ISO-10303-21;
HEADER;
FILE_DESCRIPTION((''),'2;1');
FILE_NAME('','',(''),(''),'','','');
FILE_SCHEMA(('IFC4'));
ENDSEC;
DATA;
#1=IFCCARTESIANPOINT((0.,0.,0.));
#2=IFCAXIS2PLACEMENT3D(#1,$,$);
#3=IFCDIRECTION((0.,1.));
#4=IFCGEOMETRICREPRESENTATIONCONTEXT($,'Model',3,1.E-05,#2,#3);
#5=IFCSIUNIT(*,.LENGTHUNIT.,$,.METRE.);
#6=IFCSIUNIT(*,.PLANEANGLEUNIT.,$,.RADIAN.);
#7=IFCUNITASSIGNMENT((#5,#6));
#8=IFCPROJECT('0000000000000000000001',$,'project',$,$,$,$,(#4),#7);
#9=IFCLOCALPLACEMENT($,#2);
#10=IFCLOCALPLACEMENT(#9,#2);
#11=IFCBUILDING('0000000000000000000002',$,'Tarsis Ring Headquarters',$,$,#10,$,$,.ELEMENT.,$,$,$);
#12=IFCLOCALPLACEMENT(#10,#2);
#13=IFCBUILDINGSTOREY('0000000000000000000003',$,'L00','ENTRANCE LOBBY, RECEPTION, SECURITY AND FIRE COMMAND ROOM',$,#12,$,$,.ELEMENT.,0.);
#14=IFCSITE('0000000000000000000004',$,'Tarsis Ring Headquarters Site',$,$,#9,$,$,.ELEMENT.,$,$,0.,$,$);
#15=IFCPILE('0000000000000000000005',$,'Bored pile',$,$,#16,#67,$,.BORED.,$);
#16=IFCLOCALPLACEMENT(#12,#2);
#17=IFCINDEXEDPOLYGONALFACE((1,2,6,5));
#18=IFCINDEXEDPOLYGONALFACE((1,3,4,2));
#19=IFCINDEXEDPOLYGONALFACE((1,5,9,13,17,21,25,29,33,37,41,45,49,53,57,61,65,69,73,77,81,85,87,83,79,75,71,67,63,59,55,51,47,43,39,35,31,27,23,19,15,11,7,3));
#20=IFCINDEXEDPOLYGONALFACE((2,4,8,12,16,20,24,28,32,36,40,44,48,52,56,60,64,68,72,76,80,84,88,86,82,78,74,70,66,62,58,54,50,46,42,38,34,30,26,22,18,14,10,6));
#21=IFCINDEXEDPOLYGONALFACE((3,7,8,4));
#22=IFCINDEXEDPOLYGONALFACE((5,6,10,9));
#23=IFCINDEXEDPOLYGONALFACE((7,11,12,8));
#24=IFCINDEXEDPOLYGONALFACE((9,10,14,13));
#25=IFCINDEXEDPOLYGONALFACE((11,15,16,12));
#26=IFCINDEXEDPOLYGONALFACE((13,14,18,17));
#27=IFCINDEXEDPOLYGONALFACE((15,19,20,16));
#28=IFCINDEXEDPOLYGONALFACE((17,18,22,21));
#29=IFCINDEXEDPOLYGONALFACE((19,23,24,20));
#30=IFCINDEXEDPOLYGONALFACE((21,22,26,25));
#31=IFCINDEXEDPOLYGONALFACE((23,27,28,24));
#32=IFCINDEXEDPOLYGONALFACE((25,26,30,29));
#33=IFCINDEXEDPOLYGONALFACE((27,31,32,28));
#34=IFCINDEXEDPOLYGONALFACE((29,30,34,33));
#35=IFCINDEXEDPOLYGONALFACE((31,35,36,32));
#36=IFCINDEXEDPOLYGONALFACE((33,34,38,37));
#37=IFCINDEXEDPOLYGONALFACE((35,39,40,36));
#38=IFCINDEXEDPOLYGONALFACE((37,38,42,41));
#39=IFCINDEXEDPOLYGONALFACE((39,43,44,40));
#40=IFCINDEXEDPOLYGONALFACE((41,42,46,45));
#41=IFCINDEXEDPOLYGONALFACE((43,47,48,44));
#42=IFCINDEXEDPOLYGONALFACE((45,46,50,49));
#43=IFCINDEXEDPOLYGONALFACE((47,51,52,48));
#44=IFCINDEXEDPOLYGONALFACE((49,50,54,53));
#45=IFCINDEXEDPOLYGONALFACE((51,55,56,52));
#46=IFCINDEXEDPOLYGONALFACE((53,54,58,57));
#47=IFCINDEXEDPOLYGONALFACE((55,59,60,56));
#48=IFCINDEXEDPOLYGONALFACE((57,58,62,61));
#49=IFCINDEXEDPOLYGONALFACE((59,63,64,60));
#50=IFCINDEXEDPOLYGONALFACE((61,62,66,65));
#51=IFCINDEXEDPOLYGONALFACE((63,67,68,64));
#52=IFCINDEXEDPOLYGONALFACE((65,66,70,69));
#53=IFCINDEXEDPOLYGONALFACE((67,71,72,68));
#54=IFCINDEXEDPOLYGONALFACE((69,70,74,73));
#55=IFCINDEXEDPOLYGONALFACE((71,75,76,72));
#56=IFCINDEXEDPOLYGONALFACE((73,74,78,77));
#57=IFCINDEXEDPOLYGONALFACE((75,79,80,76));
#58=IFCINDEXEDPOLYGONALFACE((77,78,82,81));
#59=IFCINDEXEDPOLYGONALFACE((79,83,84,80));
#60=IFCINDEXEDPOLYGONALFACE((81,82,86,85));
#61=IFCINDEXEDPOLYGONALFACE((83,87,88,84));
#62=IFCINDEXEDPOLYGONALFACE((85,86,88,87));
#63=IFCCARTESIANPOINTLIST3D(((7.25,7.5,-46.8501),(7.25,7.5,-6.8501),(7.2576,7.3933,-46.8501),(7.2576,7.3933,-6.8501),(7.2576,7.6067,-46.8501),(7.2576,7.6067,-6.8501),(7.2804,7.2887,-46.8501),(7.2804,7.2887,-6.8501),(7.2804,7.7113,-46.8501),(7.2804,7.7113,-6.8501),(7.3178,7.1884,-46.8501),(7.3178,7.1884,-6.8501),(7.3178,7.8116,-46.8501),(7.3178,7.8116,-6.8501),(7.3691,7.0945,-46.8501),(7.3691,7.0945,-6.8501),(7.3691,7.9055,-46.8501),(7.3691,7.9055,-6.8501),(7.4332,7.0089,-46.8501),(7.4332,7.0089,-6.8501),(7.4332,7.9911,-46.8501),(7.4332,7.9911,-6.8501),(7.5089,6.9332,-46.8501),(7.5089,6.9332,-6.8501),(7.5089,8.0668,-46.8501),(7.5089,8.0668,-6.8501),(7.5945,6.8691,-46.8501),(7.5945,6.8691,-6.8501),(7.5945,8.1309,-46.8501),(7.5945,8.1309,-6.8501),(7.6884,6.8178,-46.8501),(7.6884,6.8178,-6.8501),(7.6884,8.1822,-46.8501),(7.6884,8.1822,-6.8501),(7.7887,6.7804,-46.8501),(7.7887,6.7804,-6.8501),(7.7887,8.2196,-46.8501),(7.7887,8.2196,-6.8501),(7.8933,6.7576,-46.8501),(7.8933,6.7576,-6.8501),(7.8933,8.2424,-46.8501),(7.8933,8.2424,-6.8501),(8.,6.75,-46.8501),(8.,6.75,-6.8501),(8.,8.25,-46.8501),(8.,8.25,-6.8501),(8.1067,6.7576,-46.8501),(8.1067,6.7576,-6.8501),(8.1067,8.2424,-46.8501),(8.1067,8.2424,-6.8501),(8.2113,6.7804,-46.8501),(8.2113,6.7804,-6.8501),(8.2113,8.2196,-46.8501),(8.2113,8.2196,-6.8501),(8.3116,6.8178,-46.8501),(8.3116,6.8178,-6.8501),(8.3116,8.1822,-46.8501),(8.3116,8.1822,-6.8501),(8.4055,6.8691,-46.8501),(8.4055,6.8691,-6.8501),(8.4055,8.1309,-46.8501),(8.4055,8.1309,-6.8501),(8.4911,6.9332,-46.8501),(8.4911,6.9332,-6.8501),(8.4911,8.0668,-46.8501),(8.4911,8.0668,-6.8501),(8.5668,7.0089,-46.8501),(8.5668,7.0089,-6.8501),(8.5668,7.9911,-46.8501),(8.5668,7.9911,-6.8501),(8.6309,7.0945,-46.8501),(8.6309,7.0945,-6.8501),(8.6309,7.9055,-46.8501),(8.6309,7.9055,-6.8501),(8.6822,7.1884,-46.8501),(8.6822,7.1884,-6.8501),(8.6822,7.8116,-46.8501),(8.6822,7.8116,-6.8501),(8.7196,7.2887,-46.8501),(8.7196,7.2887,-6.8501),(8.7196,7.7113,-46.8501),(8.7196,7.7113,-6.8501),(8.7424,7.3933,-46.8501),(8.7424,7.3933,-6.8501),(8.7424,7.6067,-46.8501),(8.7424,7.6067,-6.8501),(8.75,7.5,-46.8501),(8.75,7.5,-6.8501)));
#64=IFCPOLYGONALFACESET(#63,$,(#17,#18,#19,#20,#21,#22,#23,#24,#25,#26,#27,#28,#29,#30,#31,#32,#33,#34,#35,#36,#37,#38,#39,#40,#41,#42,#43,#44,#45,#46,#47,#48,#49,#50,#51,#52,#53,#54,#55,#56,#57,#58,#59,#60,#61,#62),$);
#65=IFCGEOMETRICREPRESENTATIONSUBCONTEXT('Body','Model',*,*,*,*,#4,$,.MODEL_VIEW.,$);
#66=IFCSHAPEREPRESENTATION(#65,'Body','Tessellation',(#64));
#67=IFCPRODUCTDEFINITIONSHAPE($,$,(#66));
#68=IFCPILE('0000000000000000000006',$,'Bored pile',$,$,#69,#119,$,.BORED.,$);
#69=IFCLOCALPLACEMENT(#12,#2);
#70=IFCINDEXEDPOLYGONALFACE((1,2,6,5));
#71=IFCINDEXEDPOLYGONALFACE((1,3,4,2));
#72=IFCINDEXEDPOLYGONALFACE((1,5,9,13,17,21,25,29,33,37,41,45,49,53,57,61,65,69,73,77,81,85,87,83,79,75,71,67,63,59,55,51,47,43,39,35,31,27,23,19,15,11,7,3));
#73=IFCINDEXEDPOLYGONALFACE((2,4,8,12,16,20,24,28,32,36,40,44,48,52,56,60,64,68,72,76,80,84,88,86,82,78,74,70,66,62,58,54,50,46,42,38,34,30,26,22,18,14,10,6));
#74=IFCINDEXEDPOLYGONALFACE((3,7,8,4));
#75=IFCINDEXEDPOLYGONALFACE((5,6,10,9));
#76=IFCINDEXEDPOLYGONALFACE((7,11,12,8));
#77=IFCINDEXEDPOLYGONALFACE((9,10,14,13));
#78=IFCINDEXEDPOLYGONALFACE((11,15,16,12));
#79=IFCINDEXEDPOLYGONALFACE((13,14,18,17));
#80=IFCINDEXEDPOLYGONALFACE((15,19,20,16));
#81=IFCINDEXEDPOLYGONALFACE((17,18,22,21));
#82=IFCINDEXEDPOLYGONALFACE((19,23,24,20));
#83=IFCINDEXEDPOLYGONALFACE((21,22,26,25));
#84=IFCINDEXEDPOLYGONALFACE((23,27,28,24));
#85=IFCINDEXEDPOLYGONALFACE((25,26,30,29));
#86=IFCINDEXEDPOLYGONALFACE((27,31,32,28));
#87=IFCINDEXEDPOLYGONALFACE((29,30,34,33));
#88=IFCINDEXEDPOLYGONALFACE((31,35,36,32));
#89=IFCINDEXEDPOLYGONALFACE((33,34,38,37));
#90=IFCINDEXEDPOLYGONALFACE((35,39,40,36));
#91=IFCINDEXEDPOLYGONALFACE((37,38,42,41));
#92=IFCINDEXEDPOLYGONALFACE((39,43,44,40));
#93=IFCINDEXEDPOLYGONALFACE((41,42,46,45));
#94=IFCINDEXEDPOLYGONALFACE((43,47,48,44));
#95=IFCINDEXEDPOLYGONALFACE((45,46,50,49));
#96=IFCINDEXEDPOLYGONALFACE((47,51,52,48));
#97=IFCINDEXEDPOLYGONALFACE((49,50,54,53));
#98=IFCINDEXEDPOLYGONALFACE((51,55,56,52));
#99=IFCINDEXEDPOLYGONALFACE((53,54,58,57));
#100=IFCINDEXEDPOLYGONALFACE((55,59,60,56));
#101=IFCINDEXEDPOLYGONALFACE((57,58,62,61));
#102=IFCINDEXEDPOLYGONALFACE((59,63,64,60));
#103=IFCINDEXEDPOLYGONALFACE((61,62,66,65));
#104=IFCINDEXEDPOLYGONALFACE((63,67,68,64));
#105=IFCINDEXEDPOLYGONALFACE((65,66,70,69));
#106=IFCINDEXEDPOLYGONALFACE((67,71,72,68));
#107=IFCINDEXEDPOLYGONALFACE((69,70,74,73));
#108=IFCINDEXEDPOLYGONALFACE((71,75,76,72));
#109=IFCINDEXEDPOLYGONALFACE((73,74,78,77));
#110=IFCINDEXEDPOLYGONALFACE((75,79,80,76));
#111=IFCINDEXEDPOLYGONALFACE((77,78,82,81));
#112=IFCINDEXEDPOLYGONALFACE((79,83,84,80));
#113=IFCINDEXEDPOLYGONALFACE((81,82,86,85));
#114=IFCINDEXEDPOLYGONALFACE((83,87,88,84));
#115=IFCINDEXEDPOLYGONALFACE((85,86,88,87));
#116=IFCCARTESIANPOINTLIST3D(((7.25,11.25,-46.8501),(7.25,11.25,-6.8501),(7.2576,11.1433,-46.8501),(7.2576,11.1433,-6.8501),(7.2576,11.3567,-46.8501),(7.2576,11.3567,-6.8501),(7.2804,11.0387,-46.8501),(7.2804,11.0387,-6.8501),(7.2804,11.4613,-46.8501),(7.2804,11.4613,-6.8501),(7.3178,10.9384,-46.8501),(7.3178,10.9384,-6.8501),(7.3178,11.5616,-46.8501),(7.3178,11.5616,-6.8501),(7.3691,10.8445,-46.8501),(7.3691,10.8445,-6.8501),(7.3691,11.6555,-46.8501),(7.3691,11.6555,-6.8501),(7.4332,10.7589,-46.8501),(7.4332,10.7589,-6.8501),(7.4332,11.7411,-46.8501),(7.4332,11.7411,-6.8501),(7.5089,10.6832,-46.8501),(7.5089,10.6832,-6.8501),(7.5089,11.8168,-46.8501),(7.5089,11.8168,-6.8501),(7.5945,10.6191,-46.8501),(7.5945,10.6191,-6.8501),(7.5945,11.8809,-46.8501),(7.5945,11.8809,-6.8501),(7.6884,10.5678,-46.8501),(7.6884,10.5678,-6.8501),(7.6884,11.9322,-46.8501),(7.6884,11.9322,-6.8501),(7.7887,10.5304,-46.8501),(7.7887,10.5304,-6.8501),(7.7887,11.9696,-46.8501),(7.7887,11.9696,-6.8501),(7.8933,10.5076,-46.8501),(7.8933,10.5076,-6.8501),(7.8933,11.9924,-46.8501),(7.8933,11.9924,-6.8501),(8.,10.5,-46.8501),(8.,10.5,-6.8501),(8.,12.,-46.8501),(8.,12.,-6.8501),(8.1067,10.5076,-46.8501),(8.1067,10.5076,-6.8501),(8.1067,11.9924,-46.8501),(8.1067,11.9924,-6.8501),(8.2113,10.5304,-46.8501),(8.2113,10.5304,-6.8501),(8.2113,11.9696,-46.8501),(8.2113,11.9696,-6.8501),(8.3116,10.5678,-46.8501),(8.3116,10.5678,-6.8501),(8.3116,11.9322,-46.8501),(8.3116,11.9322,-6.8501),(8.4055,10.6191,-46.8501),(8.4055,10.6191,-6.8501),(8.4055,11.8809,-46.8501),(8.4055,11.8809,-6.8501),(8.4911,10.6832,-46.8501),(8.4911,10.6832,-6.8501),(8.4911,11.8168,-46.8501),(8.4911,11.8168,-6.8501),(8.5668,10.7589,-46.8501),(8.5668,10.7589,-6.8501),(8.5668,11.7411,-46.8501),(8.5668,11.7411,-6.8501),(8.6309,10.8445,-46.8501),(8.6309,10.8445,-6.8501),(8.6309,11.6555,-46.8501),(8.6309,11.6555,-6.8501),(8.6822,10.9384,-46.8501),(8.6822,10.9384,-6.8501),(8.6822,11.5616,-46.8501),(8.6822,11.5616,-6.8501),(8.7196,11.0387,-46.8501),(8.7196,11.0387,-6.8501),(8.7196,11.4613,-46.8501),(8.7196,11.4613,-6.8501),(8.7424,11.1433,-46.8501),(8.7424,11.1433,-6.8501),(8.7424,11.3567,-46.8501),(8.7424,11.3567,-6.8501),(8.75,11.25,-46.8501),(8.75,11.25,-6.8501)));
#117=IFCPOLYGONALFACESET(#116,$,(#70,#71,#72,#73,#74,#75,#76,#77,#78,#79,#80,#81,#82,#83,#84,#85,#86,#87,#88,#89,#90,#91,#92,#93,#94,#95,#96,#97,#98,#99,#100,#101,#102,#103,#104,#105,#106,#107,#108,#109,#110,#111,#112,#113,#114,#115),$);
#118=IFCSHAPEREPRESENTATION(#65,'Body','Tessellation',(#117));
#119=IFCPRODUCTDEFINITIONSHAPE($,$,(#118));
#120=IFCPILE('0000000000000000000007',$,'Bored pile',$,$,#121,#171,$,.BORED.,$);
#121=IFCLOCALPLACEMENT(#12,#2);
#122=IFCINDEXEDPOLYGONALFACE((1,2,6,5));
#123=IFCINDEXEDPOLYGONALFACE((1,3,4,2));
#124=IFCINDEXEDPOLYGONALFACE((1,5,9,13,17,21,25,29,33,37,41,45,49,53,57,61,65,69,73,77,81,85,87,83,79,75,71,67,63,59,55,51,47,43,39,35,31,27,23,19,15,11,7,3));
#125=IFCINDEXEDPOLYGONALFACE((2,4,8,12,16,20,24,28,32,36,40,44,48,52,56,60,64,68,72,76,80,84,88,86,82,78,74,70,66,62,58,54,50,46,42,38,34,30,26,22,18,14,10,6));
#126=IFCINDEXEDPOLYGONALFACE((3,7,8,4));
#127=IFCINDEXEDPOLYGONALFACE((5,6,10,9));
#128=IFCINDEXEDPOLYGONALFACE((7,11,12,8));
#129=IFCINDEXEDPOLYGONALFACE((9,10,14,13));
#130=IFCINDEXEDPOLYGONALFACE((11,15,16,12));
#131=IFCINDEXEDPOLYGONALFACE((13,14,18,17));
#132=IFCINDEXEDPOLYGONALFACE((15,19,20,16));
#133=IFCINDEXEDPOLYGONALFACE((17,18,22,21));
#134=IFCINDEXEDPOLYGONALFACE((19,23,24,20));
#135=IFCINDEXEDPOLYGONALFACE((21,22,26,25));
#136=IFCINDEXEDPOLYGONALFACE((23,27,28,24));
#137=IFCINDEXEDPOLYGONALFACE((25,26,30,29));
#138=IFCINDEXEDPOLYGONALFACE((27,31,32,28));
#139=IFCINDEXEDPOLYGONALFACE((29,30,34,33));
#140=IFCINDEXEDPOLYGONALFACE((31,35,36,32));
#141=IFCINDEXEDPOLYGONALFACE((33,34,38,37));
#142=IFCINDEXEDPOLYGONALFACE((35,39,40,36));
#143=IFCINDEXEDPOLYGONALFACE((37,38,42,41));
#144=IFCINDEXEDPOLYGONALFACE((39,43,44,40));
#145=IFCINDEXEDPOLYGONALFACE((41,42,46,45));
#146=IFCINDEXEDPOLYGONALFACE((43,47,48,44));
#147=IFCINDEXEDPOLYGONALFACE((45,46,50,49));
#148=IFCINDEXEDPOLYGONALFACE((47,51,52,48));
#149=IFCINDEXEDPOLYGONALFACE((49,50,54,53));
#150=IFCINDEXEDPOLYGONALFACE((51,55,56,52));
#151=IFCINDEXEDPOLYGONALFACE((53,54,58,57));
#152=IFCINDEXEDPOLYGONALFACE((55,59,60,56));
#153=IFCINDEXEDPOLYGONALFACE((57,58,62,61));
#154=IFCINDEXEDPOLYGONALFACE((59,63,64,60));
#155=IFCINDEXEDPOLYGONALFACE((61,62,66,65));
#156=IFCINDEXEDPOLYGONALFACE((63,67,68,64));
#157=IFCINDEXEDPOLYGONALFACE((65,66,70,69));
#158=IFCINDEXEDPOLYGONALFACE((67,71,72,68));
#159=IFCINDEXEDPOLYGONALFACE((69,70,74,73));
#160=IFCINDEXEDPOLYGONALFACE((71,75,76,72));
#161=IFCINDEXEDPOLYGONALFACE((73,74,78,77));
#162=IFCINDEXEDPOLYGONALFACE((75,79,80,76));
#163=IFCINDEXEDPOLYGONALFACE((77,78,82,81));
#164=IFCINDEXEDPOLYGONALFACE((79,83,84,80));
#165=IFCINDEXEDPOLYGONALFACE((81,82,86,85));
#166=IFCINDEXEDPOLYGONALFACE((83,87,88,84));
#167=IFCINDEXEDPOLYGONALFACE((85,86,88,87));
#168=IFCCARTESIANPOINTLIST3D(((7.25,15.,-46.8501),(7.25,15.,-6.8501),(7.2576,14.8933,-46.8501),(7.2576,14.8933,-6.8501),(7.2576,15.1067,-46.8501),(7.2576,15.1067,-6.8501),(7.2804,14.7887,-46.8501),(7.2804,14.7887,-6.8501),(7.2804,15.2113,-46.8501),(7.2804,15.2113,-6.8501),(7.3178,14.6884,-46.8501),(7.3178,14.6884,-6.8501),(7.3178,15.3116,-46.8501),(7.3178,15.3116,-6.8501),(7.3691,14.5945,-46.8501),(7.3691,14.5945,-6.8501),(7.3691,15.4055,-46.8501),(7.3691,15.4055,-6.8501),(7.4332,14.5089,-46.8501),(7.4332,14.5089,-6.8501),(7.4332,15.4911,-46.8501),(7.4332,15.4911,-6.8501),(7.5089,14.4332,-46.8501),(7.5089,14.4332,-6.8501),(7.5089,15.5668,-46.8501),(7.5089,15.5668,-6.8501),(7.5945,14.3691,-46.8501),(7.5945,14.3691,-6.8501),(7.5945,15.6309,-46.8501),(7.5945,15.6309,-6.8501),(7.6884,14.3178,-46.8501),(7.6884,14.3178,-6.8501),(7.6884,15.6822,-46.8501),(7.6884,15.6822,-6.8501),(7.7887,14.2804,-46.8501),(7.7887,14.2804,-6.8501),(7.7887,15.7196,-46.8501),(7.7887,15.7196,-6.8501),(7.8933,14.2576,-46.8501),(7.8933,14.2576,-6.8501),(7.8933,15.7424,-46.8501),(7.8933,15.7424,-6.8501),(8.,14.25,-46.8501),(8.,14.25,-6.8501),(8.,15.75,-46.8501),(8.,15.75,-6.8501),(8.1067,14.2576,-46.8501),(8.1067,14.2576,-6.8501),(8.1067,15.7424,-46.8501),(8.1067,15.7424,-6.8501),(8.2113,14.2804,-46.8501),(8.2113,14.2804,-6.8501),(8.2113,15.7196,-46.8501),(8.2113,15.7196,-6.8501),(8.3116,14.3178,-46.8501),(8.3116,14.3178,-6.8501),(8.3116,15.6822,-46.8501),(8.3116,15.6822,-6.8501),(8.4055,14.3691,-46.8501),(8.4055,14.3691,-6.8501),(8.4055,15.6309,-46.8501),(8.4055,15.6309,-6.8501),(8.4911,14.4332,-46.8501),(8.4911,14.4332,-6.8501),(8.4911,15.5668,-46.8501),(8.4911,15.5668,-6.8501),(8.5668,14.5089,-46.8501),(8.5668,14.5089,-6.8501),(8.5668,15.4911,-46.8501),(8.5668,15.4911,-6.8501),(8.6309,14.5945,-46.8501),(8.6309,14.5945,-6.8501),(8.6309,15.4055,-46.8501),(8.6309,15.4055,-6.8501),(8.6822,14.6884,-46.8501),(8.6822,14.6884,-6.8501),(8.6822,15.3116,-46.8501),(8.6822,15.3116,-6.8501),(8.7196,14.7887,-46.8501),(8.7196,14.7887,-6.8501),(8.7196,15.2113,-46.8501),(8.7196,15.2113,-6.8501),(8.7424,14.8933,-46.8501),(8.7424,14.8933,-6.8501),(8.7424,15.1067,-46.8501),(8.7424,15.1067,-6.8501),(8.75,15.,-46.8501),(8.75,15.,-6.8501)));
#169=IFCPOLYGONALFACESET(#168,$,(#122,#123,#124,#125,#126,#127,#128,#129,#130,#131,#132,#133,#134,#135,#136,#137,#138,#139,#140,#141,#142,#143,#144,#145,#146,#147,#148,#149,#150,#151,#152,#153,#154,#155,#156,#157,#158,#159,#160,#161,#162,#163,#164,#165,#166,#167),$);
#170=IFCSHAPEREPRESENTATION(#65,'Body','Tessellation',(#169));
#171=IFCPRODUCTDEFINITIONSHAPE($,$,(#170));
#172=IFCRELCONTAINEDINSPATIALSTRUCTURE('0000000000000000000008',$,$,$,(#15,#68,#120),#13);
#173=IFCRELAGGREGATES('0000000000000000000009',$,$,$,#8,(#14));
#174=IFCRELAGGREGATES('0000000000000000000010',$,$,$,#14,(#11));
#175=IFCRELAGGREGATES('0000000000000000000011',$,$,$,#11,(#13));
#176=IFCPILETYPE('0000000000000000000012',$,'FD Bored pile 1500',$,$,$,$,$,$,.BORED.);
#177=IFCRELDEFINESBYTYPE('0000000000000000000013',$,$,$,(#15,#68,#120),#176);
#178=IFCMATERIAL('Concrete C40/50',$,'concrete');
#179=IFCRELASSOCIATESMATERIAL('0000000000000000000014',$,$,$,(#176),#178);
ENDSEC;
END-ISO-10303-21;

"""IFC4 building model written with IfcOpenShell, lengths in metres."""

from ifc_helpers import new_model, si_unit, direction, frame, origin, origin_2d, place, context, subcontext, project, spatial, circle, extrude, material, material_profile, profile_set, type_object, element, save


model = new_model("IFC4")

# Units and contexts
model_context = context("Model", 3, precision=1e-05, world=origin(), true_north=direction((0.0, 1.0)))
body_context = subcontext(model_context, "Body", "Model", "MODEL_VIEW")
ifc_project = project(units=[si_unit("LENGTHUNIT", "METRE"), si_unit("PLANEANGLEUNIT", "RADIAN")], contexts=[model_context])

# Site, building, storey
site_placement = place(None, origin())
site = spatial("IfcSite", under=ifc_project, at=site_placement, Name="Tarsis Ring Headquarters Site", CompositionType="ELEMENT", RefElevation=0.0)
building_placement = place(site_placement, origin())
building = spatial("IfcBuilding", under=site, at=building_placement, Name="Tarsis Ring Headquarters", CompositionType="ELEMENT")
storey_placement = place(building_placement, origin())
storey = spatial("IfcBuildingStorey", under=building, at=storey_placement, Name="L00", Description="ENTRANCE LOBBY, RECEPTION, SECURITY AND FIRE COMMAND ROOM", CompositionType="ELEMENT", Elevation=0.0)

# Piles
ifc_material_1 = material(Name="Concrete C40/50", Category="concrete")
ifc_material_profile_1 = material_profile(ifc_material_1, circle(Radius=0.75, at=origin_2d()), Name="BORED 1500")
ifc_profile_set_1 = profile_set([ifc_material_profile_1], Name="Concrete C40/50")
pile_type = type_object("IfcPileType", Name="FD Bored pile 1500", PredefinedType="BORED", material=ifc_profile_set_1)
for number, where, z_axis, x_axis, name in (
    (1, (8.0, 7.5, -6.8501), (0.0, 0.0, -1.0), (1.0, 0.0, 0.0), "Bored pile"),
    (2, (8.0, 11.25, -6.8501), (0.0, 0.0, -1.0), (1.0, 0.0, 0.0), "Bored pile"),
    (3, (8.0, 15.0, -6.8501), (0.0, 0.0, -1.0), (1.0, 0.0, 0.0), "Bored pile"),
):
    element("IfcPile", number, at=place(storey_placement, frame(where, z_axis=z_axis, x_axis=x_axis)), inside=storey, type_object=pile_type, Name=name, PredefinedType="BORED", context=body_context, shape_type="SweptSolid", body=[
        extrude(circle(Radius=0.75, at=origin_2d()), origin(), (0.0, 0.0, 1.0), 40.0),
    ])

save(model, "model.ifc")
